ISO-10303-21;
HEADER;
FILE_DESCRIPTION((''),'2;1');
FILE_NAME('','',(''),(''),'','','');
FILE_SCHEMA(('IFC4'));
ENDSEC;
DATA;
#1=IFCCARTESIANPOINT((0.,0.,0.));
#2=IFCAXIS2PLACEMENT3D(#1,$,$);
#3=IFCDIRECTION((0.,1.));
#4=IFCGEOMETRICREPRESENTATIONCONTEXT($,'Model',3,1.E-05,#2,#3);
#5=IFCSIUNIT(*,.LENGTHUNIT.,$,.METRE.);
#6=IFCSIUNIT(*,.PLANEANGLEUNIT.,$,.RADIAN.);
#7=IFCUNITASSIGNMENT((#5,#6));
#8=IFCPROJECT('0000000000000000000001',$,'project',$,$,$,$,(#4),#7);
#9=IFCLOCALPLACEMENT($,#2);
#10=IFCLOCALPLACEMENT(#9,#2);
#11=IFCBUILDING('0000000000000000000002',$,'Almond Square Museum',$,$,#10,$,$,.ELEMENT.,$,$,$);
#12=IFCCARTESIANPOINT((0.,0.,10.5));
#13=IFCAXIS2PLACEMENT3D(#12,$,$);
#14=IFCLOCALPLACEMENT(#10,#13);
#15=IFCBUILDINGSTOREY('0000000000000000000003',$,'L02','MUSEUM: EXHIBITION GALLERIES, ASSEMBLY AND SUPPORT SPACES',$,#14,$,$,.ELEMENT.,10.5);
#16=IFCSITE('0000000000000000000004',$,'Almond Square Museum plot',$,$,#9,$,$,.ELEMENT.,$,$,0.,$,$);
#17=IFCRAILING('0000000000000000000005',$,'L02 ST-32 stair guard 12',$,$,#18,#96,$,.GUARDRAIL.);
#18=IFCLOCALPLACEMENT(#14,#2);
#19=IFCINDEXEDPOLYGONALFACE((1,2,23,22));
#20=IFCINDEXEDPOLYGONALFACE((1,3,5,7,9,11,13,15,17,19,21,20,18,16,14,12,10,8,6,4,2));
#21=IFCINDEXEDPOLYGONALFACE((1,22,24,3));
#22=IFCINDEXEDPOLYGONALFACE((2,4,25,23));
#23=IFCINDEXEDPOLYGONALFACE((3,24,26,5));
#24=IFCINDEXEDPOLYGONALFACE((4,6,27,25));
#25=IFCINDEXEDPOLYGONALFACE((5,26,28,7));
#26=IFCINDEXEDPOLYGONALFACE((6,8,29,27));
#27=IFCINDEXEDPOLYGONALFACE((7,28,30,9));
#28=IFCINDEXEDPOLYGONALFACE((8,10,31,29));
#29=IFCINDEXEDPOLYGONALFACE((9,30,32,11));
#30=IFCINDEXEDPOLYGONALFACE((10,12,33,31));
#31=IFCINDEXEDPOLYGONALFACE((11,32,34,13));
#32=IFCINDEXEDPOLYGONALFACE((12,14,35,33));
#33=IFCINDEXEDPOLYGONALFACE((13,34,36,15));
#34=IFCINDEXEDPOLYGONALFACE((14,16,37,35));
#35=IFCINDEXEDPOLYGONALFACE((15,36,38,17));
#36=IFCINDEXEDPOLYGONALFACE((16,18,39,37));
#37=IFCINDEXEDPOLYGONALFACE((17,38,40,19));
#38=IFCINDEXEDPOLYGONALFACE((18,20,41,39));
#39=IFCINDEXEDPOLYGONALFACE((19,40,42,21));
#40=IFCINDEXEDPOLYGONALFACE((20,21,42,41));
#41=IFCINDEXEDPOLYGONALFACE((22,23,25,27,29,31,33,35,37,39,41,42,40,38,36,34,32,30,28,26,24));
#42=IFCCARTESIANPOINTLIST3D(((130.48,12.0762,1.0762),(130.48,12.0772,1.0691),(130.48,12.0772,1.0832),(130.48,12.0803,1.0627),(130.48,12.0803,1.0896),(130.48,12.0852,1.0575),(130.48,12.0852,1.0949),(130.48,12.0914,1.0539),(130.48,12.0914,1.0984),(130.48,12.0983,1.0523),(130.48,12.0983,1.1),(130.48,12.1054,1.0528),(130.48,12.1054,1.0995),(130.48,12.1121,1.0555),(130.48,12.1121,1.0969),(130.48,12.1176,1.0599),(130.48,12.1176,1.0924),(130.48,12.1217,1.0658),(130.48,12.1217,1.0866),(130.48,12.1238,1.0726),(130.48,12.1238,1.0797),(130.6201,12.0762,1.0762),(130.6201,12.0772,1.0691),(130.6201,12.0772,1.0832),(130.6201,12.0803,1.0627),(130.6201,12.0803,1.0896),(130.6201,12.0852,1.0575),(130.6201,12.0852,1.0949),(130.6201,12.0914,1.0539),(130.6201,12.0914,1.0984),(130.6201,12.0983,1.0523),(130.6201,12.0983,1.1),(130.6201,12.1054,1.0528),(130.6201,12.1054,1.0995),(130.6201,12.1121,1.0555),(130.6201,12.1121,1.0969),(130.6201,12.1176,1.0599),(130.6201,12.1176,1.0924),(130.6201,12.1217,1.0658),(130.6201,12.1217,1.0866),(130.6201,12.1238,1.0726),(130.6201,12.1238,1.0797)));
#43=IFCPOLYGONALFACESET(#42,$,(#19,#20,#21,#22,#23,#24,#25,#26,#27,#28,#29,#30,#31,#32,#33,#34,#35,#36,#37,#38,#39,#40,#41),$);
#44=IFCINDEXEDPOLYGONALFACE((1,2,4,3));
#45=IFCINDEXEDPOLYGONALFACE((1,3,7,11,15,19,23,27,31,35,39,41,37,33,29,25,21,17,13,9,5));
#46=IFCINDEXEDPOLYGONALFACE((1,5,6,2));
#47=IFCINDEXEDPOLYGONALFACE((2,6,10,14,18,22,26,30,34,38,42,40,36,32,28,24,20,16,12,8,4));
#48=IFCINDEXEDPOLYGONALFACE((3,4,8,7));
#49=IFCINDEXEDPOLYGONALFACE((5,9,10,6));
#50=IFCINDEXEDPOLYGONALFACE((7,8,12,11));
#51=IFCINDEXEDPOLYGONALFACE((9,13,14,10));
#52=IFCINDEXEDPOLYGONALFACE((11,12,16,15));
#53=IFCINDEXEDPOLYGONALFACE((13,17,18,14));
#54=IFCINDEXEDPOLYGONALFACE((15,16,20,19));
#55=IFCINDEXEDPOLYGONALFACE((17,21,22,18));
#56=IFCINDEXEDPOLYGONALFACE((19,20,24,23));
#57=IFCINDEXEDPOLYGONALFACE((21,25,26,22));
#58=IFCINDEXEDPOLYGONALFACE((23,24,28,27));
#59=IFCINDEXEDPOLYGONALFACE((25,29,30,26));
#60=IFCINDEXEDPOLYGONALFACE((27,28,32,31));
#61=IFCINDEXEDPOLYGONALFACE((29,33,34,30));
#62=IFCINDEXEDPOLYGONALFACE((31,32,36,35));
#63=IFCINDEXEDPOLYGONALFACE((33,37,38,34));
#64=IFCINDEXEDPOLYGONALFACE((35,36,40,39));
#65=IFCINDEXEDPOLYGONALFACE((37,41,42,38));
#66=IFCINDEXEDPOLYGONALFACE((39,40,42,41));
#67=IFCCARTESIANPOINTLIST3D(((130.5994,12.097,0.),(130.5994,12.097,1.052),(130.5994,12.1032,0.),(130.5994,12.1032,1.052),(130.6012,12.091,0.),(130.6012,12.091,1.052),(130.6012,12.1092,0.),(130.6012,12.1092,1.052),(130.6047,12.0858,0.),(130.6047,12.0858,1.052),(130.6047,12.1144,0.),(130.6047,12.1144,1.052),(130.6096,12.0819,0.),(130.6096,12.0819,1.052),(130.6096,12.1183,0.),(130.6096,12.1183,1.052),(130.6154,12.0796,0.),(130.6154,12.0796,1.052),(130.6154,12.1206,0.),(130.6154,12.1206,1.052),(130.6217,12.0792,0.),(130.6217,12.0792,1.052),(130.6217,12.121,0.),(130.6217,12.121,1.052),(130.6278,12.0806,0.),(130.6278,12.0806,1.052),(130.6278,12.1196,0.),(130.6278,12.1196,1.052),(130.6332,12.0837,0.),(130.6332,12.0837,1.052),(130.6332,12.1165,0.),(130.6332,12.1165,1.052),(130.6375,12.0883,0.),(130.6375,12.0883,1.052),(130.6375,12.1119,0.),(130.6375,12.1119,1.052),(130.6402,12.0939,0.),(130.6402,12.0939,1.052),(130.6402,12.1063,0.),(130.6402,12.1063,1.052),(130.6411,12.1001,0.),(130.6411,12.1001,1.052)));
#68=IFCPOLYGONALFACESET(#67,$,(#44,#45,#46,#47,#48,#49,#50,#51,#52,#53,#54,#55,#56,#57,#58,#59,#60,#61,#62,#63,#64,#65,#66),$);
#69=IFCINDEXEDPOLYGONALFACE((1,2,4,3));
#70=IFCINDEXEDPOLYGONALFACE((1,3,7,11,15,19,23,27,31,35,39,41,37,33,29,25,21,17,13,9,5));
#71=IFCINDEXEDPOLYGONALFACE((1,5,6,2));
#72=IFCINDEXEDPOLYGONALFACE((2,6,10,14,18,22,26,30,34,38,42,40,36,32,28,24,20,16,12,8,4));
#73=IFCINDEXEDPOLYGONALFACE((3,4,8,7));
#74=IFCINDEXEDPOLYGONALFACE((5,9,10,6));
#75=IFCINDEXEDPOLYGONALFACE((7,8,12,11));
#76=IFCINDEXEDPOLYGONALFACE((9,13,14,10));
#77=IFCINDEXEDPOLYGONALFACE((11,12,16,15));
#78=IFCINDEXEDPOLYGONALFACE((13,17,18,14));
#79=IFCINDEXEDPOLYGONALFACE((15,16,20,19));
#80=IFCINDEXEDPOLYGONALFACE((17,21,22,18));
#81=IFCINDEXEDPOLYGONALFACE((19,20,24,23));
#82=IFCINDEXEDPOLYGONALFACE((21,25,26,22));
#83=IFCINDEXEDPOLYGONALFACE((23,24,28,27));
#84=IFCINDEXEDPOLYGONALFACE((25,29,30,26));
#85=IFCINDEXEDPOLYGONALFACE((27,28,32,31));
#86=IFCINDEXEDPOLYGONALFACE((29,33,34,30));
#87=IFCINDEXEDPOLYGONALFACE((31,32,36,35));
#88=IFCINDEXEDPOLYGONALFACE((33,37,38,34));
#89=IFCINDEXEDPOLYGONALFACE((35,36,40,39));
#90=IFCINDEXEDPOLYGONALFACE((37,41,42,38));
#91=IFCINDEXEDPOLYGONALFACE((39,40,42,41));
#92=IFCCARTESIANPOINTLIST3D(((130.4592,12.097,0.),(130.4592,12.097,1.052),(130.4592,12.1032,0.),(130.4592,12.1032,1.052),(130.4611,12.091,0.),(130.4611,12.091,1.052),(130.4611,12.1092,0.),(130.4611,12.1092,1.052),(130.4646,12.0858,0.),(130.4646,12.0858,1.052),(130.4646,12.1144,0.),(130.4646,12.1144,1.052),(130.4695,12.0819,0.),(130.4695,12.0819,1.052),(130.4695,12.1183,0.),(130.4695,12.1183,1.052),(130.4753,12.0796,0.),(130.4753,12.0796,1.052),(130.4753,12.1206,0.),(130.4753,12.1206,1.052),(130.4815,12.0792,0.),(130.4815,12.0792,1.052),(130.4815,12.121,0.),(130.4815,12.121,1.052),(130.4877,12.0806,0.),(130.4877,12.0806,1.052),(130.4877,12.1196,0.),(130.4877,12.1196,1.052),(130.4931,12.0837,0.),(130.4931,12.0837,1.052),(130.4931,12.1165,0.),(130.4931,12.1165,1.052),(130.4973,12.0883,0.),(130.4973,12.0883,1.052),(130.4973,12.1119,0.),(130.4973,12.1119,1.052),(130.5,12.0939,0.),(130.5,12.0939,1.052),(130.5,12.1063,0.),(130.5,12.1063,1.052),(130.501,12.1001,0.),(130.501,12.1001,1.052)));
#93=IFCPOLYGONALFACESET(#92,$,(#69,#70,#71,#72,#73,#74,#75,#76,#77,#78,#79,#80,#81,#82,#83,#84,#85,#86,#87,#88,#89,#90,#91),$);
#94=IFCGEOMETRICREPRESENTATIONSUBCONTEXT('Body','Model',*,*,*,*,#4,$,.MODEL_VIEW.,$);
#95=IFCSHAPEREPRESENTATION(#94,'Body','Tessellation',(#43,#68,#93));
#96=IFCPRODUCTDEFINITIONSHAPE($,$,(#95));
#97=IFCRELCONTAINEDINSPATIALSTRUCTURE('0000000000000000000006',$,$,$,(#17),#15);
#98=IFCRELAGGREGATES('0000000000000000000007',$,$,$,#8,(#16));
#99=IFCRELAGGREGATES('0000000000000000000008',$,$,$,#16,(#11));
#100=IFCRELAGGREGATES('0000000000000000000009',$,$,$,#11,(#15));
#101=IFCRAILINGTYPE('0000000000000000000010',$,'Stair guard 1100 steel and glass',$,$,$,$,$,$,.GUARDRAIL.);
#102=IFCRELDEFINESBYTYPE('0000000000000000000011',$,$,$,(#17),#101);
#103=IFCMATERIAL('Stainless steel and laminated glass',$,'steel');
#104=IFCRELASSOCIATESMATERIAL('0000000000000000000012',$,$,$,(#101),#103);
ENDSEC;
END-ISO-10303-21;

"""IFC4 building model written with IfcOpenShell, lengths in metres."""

from ifc_helpers import new_model, si_unit, direction, frame, origin, origin_2d, place, context, subcontext, project, spatial, circle, extrude, material, type_object, element, save


model = new_model("IFC4")

# Units and contexts
model_context = context("Model", 3, precision=1e-05, world=origin(), true_north=direction((0.0, 1.0)))
body_context = subcontext(model_context, "Body", "Model", "MODEL_VIEW")
ifc_project = project(units=[si_unit("LENGTHUNIT", "METRE"), si_unit("PLANEANGLEUNIT", "RADIAN")], contexts=[model_context])

# Site, building, storey
site_placement = place(None, origin())
site = spatial("IfcSite", under=ifc_project, at=site_placement, Name="Almond Square Museum plot", CompositionType="ELEMENT", RefElevation=0.0)
building_placement = place(site_placement, origin())
building = spatial("IfcBuilding", under=site, at=building_placement, Name="Almond Square Museum", CompositionType="ELEMENT")
storey_placement = place(building_placement, frame((0.0, 0.0, 10.5)))
storey = spatial("IfcBuildingStorey", under=building, at=storey_placement, Name="L02", Description="MUSEUM: EXHIBITION GALLERIES, ASSEMBLY AND SUPPORT SPACES", CompositionType="ELEMENT", Elevation=10.5)

# Railing
ifc_material_1 = material(Name="Stainless steel and laminated glass", Category="steel")
railing_type_1 = type_object("IfcRailingType", Name="Stair guard 1100 steel and glass", PredefinedType="GUARDRAIL", material=ifc_material_1)
railing_1_placement = place(storey_placement, frame((130.6201, 12.1001, 0.0)))
element("IfcRailing", 1, at=railing_1_placement, inside=storey, type_object=railing_type_1, Name="L02 ST-32 stair guard 12", PredefinedType="GUARDRAIL", context=body_context, shape_type="SweptSolid", body=[
    extrude(circle(Radius=0.0239, at=origin_2d()), frame((0.0, 0.0, 1.0762), z_axis=(-1.0, 0.0, 0.0), x_axis=(0.0, -1.0, 0.0)), (0.0, 0.0, 1.0), 0.1401),
    extrude(circle(Radius=0.021, at=origin_2d()), origin(), (0.0, 0.0, 1.0), 1.052),
    extrude(circle(Radius=0.021, at=origin_2d()), frame((-0.1401, 0.0, 0.0)), (0.0, 0.0, 1.0), 1.052),
])

save(model, "model.ifc")
